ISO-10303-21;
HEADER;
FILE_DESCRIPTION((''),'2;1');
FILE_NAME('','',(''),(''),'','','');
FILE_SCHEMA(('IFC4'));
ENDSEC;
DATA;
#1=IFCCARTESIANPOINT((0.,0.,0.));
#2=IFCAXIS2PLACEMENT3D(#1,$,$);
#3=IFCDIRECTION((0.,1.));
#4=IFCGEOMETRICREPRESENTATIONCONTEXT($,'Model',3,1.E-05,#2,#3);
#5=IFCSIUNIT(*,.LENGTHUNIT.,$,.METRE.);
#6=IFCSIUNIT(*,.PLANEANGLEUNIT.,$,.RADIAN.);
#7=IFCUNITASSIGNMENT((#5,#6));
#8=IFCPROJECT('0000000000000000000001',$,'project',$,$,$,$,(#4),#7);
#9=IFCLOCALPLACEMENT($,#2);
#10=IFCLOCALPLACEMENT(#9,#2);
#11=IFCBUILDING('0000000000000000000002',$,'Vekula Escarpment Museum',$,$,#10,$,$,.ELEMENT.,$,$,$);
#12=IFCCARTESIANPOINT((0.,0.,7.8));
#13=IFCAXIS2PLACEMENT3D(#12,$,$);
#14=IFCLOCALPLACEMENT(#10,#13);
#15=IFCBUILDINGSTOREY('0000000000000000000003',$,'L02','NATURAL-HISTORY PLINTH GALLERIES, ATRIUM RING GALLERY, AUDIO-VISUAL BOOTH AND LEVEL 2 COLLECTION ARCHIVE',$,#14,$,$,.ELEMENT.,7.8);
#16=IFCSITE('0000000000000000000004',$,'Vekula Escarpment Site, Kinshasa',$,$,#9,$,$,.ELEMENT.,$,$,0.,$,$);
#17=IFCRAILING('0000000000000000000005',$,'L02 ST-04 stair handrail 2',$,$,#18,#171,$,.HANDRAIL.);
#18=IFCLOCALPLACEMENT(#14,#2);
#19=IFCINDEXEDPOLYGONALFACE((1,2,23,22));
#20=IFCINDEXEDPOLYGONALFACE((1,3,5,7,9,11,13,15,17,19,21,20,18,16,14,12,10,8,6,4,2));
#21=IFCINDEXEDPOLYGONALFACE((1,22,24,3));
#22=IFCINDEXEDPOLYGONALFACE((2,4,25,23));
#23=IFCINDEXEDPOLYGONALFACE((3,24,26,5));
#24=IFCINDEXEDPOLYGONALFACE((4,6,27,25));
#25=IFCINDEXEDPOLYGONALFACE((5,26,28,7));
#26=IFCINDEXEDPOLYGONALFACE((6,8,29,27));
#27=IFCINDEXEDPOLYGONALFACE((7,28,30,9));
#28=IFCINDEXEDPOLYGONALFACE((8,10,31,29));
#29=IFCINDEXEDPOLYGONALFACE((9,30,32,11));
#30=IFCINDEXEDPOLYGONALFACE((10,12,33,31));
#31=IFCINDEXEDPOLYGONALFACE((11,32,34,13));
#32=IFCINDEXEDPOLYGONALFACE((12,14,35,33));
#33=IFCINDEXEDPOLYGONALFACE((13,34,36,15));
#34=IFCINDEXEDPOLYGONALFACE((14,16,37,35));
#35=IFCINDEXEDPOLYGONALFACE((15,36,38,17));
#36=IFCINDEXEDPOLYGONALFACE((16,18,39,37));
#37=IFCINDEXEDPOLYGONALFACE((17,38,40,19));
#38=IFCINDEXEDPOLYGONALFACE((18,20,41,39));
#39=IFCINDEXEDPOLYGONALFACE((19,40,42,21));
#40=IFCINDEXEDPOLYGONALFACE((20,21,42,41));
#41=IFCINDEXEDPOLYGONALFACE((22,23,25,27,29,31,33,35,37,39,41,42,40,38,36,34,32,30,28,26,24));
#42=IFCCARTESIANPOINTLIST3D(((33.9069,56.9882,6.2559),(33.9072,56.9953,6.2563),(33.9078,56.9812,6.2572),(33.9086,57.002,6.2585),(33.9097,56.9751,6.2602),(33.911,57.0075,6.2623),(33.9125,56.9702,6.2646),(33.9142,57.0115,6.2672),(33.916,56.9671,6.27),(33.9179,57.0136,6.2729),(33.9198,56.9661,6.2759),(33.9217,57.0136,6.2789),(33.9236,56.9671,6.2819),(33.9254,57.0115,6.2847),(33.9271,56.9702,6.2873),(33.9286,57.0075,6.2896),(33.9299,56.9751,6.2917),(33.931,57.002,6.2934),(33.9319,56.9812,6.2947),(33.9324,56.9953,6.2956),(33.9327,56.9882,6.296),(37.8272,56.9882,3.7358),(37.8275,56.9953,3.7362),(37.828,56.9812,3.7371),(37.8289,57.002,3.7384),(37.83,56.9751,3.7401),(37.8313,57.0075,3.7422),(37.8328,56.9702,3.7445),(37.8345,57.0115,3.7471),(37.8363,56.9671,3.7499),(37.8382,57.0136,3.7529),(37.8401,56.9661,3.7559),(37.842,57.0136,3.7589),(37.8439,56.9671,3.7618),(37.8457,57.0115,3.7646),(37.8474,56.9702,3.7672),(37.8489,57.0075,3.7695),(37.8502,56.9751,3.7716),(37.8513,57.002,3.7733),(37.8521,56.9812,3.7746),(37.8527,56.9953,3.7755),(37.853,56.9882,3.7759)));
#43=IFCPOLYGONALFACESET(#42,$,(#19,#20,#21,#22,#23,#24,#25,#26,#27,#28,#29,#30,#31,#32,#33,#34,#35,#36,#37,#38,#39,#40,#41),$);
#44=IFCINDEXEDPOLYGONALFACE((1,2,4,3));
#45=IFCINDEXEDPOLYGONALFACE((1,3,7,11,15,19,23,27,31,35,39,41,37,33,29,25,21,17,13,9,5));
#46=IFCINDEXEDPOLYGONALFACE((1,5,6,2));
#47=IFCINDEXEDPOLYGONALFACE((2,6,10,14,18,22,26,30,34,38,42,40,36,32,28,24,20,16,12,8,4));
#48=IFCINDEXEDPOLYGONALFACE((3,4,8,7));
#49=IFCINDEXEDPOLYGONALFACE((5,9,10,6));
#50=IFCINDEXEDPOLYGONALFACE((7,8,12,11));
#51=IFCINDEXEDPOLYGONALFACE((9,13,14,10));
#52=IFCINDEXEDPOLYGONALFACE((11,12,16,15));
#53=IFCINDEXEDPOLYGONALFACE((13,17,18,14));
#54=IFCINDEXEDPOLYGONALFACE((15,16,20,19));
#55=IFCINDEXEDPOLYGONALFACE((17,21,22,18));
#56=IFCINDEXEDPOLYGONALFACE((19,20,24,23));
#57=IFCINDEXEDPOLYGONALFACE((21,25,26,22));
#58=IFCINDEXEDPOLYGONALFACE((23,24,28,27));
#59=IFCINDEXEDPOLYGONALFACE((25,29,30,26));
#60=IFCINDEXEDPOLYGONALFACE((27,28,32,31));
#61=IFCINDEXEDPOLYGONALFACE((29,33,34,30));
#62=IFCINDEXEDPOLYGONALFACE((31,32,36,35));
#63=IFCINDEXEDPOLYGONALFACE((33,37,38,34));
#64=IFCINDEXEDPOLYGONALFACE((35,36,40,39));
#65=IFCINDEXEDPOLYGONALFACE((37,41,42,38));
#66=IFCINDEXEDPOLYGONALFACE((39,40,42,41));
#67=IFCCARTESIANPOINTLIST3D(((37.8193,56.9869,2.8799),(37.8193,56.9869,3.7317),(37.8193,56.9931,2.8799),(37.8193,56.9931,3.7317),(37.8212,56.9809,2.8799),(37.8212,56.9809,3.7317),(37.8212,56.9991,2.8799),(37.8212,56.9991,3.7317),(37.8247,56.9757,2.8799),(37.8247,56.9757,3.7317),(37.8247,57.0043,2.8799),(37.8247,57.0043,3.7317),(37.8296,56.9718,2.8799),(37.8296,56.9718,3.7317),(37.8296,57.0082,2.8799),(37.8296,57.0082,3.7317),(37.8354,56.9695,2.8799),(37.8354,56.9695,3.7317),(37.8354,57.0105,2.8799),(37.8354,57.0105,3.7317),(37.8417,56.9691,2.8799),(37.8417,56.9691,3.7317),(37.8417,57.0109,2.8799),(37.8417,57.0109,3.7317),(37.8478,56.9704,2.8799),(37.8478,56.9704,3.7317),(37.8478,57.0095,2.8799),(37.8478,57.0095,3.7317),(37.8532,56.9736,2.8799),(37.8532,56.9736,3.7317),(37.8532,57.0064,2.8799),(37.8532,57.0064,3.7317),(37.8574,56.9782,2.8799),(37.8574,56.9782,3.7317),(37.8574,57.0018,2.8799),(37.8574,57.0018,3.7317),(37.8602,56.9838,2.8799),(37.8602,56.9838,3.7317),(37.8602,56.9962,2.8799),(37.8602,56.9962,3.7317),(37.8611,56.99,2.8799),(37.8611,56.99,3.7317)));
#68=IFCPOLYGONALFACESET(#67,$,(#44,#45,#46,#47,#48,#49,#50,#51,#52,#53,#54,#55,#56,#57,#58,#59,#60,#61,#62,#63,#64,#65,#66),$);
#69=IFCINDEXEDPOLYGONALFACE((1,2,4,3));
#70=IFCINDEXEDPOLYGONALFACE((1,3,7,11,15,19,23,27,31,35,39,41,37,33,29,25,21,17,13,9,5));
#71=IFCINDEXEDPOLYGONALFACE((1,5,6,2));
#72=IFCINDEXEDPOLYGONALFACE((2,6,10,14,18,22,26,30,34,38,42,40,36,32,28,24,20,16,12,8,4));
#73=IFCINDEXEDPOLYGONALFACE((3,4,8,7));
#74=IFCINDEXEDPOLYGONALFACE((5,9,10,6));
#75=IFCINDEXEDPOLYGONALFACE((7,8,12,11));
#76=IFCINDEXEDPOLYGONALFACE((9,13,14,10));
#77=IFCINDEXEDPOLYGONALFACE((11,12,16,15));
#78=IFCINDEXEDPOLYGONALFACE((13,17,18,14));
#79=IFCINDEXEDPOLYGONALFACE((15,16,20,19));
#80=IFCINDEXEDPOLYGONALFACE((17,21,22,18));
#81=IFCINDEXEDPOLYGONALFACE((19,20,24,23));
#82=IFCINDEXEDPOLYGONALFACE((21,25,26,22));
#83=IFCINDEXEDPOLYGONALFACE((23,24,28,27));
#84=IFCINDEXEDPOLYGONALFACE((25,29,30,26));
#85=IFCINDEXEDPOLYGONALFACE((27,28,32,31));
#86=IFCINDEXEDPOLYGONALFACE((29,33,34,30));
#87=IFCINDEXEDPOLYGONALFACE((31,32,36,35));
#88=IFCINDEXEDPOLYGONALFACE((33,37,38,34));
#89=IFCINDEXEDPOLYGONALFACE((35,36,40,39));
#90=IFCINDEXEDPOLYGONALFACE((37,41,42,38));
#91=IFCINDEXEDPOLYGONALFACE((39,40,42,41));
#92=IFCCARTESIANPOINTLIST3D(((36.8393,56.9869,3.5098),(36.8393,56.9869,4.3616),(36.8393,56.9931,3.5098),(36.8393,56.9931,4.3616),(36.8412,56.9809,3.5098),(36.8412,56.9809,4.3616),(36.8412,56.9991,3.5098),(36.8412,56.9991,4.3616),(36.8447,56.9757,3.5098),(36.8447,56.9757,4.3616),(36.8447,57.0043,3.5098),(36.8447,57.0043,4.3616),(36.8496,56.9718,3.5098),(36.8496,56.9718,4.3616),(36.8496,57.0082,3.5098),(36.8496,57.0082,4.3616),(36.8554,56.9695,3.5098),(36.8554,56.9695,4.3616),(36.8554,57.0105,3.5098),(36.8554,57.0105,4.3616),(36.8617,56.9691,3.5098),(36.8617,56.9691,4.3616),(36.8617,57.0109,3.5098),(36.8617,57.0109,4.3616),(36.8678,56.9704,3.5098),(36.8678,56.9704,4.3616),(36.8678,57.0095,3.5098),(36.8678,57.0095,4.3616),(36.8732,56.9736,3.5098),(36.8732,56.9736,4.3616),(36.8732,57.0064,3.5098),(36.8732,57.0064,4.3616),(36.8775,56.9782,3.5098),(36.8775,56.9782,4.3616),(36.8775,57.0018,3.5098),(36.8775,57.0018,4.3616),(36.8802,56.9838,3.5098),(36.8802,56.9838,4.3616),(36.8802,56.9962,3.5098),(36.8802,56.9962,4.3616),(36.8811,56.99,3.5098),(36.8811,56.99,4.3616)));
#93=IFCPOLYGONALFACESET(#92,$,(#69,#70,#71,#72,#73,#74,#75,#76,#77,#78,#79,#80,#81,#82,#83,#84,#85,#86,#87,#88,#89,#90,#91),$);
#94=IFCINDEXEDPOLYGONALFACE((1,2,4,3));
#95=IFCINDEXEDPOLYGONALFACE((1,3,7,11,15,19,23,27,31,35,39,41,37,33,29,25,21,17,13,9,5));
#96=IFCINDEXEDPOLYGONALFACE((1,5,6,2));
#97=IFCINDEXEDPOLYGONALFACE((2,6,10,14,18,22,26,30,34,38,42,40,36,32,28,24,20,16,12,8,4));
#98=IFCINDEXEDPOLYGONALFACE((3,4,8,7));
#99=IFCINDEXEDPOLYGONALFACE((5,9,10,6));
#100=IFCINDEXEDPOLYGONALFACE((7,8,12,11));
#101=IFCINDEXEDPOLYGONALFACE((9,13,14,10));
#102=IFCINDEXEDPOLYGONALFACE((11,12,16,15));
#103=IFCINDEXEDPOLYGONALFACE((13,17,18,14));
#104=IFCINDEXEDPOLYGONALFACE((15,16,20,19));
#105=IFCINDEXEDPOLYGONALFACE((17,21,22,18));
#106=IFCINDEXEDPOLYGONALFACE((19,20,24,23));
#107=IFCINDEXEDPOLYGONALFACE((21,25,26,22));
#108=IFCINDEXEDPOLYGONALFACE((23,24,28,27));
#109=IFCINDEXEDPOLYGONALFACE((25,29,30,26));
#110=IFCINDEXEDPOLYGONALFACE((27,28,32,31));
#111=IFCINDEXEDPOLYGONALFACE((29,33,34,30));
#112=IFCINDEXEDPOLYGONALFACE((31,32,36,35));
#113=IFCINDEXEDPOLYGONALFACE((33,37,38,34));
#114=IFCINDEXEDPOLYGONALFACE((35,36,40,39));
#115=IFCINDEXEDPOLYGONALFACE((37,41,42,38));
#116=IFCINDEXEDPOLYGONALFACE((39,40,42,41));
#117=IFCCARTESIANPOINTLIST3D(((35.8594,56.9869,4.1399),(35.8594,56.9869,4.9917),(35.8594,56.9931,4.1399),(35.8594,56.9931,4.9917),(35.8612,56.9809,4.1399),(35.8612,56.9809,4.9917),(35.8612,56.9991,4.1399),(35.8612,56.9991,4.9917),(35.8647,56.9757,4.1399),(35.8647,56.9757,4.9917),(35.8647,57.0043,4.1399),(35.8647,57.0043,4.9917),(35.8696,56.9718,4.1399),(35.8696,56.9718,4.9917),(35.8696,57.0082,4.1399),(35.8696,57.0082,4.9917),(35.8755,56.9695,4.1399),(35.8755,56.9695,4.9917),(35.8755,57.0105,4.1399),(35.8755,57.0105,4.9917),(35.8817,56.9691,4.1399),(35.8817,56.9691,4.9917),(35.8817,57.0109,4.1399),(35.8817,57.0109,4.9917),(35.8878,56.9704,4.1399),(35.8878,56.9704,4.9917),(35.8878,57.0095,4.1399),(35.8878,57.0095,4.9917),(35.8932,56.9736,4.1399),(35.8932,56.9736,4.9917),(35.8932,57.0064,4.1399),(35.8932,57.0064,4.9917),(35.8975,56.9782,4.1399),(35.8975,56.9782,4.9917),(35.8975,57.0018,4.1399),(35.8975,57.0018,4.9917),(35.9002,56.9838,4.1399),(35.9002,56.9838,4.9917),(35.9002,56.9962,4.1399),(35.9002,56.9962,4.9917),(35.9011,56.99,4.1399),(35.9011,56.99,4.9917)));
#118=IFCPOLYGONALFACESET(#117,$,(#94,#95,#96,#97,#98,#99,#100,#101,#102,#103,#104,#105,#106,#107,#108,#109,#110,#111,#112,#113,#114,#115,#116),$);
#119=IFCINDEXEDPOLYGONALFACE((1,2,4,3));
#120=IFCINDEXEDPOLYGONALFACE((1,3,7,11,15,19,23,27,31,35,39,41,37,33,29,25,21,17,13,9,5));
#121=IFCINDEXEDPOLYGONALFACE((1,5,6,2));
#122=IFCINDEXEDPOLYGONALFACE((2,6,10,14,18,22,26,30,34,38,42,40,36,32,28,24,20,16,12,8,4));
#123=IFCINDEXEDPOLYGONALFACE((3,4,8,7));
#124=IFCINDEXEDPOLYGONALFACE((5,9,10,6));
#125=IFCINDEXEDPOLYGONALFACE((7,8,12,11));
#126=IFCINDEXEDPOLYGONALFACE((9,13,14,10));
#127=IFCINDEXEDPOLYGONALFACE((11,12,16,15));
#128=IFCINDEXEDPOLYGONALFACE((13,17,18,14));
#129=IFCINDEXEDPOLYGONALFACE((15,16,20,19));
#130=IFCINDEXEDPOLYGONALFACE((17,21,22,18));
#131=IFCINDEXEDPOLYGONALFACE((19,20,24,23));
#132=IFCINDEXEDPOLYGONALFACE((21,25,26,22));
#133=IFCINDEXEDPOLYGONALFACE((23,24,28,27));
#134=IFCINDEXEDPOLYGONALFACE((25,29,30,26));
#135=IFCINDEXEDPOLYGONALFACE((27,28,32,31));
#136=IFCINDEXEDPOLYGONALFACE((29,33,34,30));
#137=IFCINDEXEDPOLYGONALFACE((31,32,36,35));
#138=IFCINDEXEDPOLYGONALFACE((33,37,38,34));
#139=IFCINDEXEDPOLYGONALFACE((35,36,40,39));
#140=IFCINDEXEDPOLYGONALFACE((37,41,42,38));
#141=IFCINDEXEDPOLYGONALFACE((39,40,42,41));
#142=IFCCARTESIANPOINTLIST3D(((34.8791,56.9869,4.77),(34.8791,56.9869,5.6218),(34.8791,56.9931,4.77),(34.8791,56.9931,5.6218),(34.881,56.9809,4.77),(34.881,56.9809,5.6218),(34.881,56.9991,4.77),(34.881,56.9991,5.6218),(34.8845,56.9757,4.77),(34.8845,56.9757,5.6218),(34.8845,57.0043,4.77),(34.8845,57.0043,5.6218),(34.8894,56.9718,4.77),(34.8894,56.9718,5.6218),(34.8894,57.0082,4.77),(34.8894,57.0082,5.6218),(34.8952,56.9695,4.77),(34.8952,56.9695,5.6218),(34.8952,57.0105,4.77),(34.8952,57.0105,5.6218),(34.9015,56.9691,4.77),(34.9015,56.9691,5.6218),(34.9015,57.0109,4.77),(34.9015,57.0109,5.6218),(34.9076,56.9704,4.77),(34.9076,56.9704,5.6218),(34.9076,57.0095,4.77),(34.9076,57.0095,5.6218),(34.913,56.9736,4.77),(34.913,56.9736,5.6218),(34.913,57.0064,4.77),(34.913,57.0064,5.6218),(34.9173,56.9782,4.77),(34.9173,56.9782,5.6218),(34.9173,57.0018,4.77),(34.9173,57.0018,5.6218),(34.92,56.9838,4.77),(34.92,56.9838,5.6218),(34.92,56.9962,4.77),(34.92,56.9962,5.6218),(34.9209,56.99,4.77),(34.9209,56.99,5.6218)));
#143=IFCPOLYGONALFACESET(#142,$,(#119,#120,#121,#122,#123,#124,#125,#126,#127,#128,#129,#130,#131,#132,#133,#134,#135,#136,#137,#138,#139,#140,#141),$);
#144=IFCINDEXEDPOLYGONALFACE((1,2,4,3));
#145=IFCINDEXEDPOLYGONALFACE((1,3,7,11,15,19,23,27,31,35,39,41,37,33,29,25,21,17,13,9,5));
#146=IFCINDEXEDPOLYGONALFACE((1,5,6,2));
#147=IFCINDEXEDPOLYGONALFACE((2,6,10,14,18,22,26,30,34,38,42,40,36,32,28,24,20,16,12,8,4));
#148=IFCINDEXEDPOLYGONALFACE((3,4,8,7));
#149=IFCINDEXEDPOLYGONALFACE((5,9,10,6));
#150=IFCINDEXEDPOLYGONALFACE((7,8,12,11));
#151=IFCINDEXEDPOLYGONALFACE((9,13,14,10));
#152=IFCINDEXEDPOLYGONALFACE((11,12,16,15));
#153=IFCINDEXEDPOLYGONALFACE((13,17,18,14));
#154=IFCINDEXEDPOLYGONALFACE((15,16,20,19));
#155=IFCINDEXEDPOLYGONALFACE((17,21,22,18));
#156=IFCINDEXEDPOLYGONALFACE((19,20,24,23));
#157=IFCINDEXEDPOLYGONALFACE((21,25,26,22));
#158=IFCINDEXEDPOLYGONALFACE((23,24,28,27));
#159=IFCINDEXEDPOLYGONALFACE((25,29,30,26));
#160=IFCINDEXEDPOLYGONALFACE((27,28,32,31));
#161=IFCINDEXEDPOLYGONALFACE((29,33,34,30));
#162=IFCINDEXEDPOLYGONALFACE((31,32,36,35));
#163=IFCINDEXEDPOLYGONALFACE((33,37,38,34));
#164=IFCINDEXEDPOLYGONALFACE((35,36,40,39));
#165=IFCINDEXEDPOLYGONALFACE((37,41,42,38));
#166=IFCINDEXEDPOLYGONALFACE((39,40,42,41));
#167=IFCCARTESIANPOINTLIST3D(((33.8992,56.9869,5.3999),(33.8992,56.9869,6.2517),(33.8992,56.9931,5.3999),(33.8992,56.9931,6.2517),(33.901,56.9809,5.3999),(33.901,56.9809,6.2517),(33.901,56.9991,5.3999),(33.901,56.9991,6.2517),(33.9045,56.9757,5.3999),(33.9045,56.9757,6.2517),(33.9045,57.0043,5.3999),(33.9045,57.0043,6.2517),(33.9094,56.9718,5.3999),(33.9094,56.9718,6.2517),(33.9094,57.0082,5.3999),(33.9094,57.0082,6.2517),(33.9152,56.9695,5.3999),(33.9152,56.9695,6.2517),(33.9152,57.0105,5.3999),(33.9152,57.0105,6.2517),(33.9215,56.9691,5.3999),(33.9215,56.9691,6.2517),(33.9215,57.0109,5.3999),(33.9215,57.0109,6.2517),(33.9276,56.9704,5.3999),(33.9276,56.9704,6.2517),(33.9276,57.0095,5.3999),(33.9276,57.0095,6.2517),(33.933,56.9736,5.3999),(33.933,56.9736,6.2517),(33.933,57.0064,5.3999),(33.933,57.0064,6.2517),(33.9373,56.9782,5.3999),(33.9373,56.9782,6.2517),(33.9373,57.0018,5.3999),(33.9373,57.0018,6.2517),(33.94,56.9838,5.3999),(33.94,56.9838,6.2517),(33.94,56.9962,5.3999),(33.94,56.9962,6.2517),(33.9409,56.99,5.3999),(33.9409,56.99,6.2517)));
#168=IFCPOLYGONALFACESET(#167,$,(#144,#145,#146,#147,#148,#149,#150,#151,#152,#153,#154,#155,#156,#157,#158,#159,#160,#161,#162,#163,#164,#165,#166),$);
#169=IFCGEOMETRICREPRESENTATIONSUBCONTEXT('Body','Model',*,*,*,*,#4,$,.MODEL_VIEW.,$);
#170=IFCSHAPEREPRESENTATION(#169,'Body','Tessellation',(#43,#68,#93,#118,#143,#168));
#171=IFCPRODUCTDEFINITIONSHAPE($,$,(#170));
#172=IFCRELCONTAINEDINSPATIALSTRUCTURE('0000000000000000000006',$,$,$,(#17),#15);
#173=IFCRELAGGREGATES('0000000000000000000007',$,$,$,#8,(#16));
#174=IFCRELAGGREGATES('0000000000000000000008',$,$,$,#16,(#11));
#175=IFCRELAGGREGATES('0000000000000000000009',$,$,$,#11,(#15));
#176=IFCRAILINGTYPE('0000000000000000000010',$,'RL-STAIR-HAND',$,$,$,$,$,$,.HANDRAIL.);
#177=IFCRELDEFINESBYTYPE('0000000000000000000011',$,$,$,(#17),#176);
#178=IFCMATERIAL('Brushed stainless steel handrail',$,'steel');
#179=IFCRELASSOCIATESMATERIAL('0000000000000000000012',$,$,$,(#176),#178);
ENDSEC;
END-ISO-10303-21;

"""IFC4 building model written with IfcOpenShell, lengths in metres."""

from ifc_helpers import new_model, si_unit, direction, frame, origin, origin_2d, place, context, subcontext, project, spatial, circle, extrude, material, type_object, element, save


model = new_model("IFC4")

# Units and contexts
model_context = context("Model", 3, precision=1e-05, world=origin(), true_north=direction((0.0, 1.0)))
body_context = subcontext(model_context, "Body", "Model", "MODEL_VIEW")
ifc_project = project(units=[si_unit("LENGTHUNIT", "METRE"), si_unit("PLANEANGLEUNIT", "RADIAN")], contexts=[model_context])

# Site, building, storey
site_placement = place(None, origin())
site = spatial("IfcSite", under=ifc_project, at=site_placement, Name="Vekula Escarpment Site, Kinshasa", CompositionType="ELEMENT", RefElevation=0.0)
building_placement = place(site_placement, origin())
building = spatial("IfcBuilding", under=site, at=building_placement, Name="Vekula Escarpment Museum", CompositionType="ELEMENT")
storey_placement = place(building_placement, frame((0.0, 0.0, 7.8)))
storey = spatial("IfcBuildingStorey", under=building, at=storey_placement, Name="L02", Description="NATURAL-HISTORY PLINTH GALLERIES, ATRIUM RING GALLERY, AUDIO-VISUAL BOOTH AND LEVEL 2 COLLECTION ARCHIVE", CompositionType="ELEMENT", Elevation=7.8)

# Railing
ifc_material_1 = material(Name="Brushed stainless steel handrail", Category="steel")
railing_type_1 = type_object("IfcRailingType", Name="RL-STAIR-HAND", PredefinedType="HANDRAIL", material=ifc_material_1)
railing_1_placement = place(storey_placement, frame((37.8401, 56.99, 2.8799)))
element("IfcRailing", 1, at=railing_1_placement, inside=storey, type_object=railing_type_1, Name="L02 ST-04 stair handrail 2", PredefinedType="HANDRAIL", context=body_context, shape_type="SweptSolid", body=[
    extrude(circle(Radius=0.0239, at=origin_2d()), frame((0.0, 0.0, 0.876), z_axis=(-0.841187, 0.0, 0.540744), x_axis=(0.0, -1.0, 0.0)), (0.0, 0.0, 1.0), 4.6604),
    extrude(circle(Radius=0.021, at=origin_2d()), origin(), (0.0, 0.0, 1.0), 0.8518),
    extrude(circle(Radius=0.021, at=origin_2d()), frame((-0.98, 0.0, 0.6299)), (0.0, 0.0, 1.0), 0.8518),
    extrude(circle(Radius=0.021, at=origin_2d()), frame((-1.96, 0.0, 1.26)), (0.0, 0.0, 1.0), 0.8518),
    extrude(circle(Radius=0.021, at=origin_2d()), frame((-2.9402, 0.0, 1.8901)), (0.0, 0.0, 1.0), 0.8518),
    extrude(circle(Radius=0.021, at=origin_2d()), frame((-3.9202, 0.0, 2.52)), (0.0, 0.0, 1.0), 0.8518),
])

save(model, "model.ifc")
